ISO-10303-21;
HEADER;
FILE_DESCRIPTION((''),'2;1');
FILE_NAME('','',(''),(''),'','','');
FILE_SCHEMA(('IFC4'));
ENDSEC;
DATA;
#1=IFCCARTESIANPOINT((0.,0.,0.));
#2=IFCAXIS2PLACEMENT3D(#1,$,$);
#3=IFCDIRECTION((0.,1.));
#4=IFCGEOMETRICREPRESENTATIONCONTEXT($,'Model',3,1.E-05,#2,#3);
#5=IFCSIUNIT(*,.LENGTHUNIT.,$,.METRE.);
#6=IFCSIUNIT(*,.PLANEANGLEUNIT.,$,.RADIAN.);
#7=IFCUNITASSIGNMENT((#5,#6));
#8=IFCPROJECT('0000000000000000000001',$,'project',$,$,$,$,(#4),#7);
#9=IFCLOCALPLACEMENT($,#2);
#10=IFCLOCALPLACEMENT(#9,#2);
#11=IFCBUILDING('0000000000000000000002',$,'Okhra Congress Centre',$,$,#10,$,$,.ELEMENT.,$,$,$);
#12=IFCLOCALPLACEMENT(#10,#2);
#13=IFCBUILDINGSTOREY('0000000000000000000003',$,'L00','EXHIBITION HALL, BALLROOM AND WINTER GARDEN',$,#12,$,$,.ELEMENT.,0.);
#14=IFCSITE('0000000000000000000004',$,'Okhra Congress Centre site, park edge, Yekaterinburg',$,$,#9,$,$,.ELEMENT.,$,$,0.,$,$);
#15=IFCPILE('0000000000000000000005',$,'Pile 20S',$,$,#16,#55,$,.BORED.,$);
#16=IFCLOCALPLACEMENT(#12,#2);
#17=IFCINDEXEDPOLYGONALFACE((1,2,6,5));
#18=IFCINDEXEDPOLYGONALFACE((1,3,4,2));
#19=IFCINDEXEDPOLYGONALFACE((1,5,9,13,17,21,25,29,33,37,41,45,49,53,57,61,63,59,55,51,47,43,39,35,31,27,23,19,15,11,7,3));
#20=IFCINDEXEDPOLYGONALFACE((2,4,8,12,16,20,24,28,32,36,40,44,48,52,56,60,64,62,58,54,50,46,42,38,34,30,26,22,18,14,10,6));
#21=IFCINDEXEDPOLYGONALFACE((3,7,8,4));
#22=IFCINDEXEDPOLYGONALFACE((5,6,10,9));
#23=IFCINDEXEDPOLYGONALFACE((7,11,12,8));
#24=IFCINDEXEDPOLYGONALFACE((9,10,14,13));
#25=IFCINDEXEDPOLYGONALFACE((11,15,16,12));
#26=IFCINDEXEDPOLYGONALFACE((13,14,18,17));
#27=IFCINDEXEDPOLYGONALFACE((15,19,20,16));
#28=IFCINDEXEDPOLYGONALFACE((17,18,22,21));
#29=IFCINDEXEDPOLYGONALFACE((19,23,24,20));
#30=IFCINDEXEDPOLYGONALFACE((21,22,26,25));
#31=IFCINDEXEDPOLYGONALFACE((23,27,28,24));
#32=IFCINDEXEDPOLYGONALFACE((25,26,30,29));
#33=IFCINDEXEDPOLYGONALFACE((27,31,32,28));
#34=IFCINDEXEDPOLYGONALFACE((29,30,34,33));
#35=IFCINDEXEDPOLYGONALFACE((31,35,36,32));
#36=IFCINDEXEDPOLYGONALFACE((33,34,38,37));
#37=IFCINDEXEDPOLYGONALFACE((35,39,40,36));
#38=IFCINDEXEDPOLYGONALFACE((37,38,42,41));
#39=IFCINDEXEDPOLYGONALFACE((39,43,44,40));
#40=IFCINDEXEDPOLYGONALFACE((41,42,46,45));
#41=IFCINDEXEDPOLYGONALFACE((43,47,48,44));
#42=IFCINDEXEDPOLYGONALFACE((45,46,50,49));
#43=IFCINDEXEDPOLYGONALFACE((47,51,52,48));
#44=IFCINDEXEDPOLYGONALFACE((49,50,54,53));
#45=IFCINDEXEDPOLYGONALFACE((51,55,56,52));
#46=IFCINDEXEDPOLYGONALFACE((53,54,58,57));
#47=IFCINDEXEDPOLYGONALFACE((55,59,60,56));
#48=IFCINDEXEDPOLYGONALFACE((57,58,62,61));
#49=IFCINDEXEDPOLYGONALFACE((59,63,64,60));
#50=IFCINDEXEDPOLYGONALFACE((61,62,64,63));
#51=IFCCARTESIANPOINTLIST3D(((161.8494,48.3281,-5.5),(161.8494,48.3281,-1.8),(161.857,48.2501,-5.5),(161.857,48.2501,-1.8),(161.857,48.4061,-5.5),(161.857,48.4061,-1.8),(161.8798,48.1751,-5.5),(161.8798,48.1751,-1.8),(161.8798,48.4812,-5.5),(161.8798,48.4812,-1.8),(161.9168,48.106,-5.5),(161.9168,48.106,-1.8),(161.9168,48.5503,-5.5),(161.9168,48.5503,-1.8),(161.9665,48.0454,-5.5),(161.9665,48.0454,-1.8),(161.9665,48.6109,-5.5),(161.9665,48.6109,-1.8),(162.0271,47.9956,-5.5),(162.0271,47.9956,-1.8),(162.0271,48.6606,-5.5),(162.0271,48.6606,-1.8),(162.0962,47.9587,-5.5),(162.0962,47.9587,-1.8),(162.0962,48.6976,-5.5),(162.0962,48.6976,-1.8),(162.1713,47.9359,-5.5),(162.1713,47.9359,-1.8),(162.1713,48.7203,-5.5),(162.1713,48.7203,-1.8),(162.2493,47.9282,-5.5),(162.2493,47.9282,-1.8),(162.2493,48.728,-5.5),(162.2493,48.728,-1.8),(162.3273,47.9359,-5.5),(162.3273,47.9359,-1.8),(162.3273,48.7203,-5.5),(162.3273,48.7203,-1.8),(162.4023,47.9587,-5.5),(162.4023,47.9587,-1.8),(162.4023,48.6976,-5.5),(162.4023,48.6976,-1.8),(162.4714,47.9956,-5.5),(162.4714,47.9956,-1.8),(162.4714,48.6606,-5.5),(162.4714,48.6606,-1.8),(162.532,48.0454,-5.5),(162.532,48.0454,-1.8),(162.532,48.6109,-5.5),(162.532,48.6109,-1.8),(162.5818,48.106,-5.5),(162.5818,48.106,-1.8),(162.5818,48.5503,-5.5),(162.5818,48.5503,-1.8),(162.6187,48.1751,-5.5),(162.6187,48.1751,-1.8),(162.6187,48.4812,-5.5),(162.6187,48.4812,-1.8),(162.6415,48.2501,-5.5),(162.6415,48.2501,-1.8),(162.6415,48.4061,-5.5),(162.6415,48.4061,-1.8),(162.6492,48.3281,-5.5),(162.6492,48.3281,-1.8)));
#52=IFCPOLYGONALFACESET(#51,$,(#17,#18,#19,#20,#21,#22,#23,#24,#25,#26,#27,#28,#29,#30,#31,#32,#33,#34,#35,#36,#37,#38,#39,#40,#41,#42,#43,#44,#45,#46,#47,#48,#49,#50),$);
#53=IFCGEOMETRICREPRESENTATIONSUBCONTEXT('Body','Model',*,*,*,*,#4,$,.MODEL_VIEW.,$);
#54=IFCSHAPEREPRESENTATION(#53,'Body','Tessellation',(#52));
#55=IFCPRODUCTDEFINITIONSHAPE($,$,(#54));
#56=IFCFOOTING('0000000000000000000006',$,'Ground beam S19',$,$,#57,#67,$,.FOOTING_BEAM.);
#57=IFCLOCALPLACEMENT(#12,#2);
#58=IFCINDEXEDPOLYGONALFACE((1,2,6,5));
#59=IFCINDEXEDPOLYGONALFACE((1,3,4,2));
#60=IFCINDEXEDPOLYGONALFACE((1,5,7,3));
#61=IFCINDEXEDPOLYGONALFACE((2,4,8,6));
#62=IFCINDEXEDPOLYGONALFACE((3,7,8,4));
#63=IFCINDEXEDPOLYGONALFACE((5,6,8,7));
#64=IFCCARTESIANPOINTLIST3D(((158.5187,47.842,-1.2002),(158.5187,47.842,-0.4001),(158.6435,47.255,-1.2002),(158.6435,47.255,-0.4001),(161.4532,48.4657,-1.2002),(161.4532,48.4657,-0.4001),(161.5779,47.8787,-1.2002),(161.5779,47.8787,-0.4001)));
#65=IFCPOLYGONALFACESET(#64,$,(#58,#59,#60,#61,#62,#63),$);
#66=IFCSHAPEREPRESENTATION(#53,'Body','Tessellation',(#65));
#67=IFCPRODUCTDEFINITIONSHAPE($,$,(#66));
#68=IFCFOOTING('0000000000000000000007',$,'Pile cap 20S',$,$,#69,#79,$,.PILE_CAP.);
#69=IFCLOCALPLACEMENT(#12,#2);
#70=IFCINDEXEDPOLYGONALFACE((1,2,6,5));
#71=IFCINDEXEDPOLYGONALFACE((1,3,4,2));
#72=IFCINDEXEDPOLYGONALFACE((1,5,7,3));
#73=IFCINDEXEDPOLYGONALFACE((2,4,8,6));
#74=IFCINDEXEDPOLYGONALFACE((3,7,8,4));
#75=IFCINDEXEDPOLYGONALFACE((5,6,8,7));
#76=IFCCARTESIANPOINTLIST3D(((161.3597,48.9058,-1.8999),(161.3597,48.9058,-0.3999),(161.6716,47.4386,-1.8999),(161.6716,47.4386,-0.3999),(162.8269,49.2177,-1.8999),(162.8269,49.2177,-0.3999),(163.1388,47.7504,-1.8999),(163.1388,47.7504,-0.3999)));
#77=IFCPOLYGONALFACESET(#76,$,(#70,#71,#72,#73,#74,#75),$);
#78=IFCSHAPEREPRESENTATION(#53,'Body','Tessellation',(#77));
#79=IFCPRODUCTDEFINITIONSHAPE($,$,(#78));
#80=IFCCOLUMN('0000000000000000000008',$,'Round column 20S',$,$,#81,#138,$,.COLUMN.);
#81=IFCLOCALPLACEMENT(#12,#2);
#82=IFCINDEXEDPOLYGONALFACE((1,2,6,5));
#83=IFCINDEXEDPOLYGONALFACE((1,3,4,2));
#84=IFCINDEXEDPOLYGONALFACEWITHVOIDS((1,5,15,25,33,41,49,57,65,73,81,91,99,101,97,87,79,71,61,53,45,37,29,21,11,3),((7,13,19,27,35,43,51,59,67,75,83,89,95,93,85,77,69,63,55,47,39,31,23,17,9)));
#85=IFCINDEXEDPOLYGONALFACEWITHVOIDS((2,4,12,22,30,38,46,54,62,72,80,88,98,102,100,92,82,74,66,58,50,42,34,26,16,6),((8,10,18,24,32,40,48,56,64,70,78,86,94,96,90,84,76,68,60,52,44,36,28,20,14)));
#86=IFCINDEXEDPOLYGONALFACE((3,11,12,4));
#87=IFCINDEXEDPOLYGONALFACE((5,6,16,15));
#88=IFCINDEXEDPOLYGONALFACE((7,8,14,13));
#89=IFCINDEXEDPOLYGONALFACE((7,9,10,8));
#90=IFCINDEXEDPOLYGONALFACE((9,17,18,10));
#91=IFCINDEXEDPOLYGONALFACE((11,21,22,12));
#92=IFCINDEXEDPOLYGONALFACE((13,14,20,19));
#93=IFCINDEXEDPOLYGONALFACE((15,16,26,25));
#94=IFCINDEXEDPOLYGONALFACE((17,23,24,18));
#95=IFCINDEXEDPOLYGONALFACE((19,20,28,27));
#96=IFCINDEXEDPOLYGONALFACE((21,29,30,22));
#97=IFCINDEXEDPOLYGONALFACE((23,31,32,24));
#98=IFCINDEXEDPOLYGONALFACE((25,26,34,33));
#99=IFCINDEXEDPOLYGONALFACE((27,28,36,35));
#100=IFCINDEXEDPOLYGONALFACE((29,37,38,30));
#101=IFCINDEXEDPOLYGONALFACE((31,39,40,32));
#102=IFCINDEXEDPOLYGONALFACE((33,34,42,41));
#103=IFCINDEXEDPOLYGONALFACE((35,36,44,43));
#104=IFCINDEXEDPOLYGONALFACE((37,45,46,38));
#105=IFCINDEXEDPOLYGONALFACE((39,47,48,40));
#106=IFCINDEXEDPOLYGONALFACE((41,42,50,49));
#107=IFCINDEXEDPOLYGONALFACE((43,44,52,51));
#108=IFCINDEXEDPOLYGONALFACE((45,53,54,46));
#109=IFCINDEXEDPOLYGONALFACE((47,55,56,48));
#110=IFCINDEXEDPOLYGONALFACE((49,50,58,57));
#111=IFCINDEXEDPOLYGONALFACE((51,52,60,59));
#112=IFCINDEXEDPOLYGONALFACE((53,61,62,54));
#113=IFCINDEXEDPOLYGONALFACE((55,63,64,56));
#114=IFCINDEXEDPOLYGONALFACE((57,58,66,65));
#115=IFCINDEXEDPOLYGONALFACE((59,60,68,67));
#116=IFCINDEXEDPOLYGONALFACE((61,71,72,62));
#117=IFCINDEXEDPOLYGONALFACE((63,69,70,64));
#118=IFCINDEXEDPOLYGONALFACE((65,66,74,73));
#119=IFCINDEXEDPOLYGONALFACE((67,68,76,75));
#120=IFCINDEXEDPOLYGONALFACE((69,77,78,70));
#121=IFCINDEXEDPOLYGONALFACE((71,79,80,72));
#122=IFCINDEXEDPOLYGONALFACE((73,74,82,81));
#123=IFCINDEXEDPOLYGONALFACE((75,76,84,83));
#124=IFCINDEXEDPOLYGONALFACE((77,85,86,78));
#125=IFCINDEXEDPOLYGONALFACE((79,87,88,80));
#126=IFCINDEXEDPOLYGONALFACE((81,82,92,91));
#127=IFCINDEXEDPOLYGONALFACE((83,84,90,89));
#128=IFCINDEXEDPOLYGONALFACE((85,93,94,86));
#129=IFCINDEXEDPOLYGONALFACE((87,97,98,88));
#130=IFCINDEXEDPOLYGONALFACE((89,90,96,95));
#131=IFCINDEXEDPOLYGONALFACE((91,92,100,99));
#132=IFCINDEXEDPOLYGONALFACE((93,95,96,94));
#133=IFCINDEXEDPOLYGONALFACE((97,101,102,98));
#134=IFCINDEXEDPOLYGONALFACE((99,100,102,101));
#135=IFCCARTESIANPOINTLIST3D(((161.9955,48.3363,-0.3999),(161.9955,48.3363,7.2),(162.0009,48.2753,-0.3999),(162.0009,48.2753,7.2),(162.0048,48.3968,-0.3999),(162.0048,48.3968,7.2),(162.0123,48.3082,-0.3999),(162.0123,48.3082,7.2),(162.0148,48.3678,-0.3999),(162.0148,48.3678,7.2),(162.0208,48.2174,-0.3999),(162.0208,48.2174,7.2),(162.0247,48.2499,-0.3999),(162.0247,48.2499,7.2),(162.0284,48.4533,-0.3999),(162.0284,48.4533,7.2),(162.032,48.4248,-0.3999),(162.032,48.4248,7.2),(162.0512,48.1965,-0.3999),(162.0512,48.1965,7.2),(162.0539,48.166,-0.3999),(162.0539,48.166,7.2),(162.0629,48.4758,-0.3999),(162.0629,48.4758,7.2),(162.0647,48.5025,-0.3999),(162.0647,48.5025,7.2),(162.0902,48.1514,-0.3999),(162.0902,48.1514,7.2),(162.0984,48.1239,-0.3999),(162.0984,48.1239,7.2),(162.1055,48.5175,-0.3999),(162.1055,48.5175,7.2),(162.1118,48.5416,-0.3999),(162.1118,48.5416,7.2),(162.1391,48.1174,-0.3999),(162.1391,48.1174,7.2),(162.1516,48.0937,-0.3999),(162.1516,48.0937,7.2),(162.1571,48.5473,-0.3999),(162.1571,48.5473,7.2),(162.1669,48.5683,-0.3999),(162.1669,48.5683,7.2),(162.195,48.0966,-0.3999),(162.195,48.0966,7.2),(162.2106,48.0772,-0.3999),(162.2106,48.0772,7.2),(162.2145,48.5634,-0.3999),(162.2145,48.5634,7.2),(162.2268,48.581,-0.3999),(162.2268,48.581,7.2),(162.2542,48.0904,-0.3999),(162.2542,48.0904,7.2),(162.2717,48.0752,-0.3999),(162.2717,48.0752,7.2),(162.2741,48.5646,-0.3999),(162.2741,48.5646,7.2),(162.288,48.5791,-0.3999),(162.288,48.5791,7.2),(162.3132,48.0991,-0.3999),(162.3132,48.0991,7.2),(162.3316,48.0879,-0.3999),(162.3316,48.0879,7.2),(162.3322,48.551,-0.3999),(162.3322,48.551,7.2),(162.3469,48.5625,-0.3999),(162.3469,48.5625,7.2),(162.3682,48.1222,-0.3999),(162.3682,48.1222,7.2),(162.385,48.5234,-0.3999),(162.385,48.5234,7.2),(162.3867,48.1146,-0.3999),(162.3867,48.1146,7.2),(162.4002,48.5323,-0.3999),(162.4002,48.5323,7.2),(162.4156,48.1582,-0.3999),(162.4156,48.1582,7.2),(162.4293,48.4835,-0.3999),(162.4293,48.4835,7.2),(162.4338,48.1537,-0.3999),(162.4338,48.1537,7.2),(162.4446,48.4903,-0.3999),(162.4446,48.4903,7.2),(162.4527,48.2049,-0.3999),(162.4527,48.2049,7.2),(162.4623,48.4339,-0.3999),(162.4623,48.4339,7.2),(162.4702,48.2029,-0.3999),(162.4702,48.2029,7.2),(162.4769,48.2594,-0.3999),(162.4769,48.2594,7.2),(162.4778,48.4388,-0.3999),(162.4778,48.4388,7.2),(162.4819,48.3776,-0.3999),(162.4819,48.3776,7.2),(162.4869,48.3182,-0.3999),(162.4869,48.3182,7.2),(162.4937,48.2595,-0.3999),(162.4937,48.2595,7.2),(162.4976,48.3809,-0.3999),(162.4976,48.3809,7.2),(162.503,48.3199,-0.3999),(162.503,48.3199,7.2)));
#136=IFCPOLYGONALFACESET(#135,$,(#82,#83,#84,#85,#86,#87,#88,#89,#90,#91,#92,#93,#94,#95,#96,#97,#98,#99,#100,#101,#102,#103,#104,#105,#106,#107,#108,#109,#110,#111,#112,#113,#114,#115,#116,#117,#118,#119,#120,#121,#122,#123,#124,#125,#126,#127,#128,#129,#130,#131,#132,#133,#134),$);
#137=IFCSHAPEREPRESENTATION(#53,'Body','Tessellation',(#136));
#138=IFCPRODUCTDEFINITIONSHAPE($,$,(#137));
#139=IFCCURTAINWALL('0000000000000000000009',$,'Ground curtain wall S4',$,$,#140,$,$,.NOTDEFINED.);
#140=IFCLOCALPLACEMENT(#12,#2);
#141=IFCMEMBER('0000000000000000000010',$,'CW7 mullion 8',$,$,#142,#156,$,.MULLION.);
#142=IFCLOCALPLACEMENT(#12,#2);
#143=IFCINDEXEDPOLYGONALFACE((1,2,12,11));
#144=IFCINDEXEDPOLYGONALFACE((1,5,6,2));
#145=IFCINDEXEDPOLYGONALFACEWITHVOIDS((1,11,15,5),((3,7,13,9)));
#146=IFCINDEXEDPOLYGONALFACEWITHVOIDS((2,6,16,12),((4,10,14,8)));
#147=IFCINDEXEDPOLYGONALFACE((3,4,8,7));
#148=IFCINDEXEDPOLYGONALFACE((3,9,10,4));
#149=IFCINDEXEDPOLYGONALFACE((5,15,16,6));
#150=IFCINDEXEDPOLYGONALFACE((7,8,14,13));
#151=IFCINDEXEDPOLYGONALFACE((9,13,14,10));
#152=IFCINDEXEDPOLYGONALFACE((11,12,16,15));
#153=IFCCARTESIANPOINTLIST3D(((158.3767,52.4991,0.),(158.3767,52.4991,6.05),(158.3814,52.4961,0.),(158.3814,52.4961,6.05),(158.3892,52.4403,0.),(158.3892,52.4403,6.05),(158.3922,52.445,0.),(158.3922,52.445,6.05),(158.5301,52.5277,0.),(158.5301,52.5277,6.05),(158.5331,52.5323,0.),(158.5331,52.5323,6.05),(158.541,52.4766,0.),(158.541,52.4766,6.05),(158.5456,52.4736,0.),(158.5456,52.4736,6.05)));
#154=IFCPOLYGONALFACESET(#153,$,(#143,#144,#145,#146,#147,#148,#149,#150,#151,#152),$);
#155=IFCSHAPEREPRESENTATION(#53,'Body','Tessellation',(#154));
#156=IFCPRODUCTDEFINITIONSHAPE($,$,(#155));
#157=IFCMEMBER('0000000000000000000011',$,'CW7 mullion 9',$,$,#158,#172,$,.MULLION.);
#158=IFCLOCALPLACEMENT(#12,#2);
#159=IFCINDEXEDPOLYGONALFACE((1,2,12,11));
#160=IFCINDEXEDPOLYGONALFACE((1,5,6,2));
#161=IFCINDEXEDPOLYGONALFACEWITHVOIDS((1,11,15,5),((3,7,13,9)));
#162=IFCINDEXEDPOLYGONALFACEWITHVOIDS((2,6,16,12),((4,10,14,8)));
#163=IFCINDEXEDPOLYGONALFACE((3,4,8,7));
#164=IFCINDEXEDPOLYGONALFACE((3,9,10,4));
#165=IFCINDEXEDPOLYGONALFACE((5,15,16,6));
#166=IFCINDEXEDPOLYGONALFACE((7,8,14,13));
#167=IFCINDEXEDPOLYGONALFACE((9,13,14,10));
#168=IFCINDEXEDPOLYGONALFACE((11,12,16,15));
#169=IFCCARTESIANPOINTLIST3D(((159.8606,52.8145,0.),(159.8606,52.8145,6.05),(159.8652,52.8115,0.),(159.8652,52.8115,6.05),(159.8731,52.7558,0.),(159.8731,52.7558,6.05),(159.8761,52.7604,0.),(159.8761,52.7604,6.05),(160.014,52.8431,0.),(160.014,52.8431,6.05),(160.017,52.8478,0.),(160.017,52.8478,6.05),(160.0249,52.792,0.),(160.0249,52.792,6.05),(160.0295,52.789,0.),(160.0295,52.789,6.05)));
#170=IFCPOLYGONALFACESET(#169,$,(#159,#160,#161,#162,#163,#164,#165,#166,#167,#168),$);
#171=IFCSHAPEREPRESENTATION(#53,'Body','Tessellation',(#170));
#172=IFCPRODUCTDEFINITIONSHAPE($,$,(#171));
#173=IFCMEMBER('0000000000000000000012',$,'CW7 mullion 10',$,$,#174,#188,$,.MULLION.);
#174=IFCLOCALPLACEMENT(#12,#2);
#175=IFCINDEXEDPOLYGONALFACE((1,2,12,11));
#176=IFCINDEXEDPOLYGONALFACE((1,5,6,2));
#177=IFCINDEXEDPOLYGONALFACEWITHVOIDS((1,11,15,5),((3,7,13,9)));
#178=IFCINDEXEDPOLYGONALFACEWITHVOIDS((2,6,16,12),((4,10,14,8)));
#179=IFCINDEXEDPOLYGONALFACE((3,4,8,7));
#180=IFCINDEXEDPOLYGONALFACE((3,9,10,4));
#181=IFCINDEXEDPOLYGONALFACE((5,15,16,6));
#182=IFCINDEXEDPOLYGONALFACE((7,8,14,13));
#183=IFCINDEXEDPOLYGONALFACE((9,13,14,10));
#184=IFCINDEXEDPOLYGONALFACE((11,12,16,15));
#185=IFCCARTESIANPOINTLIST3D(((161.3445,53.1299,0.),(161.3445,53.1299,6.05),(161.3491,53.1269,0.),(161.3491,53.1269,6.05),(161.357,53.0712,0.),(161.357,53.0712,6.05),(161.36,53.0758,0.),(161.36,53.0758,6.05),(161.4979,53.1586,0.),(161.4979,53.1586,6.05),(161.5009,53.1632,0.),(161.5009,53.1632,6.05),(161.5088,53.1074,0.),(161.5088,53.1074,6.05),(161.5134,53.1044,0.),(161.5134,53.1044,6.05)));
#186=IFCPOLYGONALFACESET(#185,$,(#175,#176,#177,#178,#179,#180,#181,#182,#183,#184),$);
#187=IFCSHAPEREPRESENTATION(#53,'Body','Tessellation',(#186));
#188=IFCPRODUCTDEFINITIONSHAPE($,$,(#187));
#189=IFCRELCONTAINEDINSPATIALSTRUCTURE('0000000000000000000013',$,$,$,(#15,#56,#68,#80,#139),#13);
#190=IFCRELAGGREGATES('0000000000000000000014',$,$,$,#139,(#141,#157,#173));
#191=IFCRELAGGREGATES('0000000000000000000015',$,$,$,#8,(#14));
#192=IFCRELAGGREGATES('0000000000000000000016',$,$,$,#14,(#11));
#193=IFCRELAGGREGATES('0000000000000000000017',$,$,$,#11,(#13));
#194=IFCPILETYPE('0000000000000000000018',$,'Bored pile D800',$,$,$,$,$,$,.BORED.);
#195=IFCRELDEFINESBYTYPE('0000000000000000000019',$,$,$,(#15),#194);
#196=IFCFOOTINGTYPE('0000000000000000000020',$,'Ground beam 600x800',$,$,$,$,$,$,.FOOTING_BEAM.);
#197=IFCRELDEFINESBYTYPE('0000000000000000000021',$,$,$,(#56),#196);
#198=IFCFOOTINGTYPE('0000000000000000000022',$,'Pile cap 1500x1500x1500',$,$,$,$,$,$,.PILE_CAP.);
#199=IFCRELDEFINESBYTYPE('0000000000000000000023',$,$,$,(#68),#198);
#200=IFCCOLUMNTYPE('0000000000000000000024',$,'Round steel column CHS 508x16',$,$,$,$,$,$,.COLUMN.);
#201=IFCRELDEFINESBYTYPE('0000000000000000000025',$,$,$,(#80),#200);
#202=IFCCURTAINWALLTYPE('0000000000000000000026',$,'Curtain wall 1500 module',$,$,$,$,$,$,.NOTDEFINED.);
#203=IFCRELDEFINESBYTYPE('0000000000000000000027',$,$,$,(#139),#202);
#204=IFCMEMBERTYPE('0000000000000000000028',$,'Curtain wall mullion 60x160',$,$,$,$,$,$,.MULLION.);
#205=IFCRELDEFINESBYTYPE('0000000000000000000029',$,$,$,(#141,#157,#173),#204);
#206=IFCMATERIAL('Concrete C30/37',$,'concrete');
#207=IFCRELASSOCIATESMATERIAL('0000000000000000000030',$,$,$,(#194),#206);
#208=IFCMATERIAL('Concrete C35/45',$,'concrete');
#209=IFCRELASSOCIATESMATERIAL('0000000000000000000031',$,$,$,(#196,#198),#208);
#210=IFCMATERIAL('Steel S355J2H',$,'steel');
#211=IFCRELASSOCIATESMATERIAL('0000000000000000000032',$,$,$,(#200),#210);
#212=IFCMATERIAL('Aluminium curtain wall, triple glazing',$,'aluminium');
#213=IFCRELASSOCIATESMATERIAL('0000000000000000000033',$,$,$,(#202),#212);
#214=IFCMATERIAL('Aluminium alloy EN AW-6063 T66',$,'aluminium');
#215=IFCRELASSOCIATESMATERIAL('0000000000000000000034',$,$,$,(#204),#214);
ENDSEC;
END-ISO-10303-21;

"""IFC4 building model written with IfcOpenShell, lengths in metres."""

from ifc_helpers import new_model, si_unit, direction, frame, origin, origin_2d, place, context, subcontext, project, spatial, rectangle, hollow_rectangle, circle, hollow_circle, extrude, material, material_profile, profile_set, type_object, element, aggregate, save


model = new_model("IFC4")

# Units and contexts
model_context = context("Model", 3, precision=1e-05, world=origin(), true_north=direction((0.0, 1.0)))
body_context = subcontext(model_context, "Body", "Model", "MODEL_VIEW")
ifc_project = project(units=[si_unit("LENGTHUNIT", "METRE"), si_unit("PLANEANGLEUNIT", "RADIAN")], contexts=[model_context])

# Site, building, storey
site_placement = place(None, origin())
site = spatial("IfcSite", under=ifc_project, at=site_placement, Name="Okhra Congress Centre site, park edge, Yekaterinburg", CompositionType="ELEMENT", RefElevation=0.0)
building_placement = place(site_placement, origin())
building = spatial("IfcBuilding", under=site, at=building_placement, Name="Okhra Congress Centre", CompositionType="ELEMENT")
storey_placement = place(building_placement, origin())
storey = spatial("IfcBuildingStorey", under=building, at=storey_placement, Name="L00", Description="EXHIBITION HALL, BALLROOM AND WINTER GARDEN", CompositionType="ELEMENT", Elevation=0.0)

# Pile
ifc_material_1 = material(Name="Concrete C30/37", Category="concrete")
ifc_material_profile_1 = material_profile(ifc_material_1, circle(Radius=0.3999, at=origin_2d()), Name="D800")
ifc_profile_set_1 = profile_set([ifc_material_profile_1], Name="Concrete C30/37")
pile_type = type_object("IfcPileType", Name="Bored pile D800", PredefinedType="BORED", material=ifc_profile_set_1)
pile_placement = place(storey_placement, frame((162.2493, 48.3281, -1.8), z_axis=(0.0, 0.0, -1.0), x_axis=(1.0, 0.0, 0.0)))
element("IfcPile", 1, at=pile_placement, inside=storey, type_object=pile_type, Name="Pile 20S", PredefinedType="BORED", context=body_context, shape_type="SweptSolid", body=[
    extrude(circle(Radius=0.3999, at=origin_2d()), origin(), (0.0, 0.0, 1.0), 3.7),
])

# Footings
ifc_material_2 = material(Name="Concrete C35/45", Category="concrete")
footing_type_1 = type_object("IfcFootingType", Name="Ground beam 600x800", PredefinedType="FOOTING_BEAM", material=ifc_material_2)
footing_1_placement = place(storey_placement, frame((160.0483, 47.8604, -1.2002), z_axis=(0.0, 0.0, 1.0), x_axis=(0.978148, 0.207912, 0.0)))
element("IfcFooting", 2, at=footing_1_placement, inside=storey, type_object=footing_type_1, Name="Ground beam S19", PredefinedType="FOOTING_BEAM", context=body_context, shape_type="SweptSolid", body=[
    extrude(rectangle(XDim=3.0, YDim=0.6001, at=origin_2d()), origin(), (0.0, 0.0, 1.0), 0.8),
])
footing_type_2 = type_object("IfcFootingType", Name="Pile cap 1500x1500x1500", PredefinedType="PILE_CAP", material=ifc_material_2)
footing_2_placement = place(storey_placement, frame((162.2493, 48.3281, -1.8999), z_axis=(0.0, 0.0, 1.0), x_axis=(0.978148, 0.207912, 0.0)))
element("IfcFooting", 3, at=footing_2_placement, inside=storey, type_object=footing_type_2, Name="Pile cap 20S", PredefinedType="PILE_CAP", context=body_context, shape_type="SweptSolid", body=[
    extrude(rectangle(XDim=1.5, YDim=1.5, at=origin_2d()), origin(), (0.0, 0.0, 1.0), 1.5),
])

# Column
ifc_material_3 = material(Name="Steel S355J2H", Category="steel")
ifc_material_profile_2 = material_profile(ifc_material_3, hollow_circle(Radius=0.2539, WallThickness=0.0161, at=origin_2d()), Name="CHS 508x16")
ifc_profile_set_2 = profile_set([ifc_material_profile_2], Name="Steel S355J2H")
column_type = type_object("IfcColumnType", Name="Round steel column CHS 508x16", PredefinedType="COLUMN", material=ifc_profile_set_2)
column_placement = place(storey_placement, frame((162.2493, 48.3281, -0.3999), z_axis=(0.0, 0.0, 1.0), x_axis=(0.978148, 0.207912, 0.0)))
element("IfcColumn", 4, at=column_placement, inside=storey, type_object=column_type, Name="Round column 20S", PredefinedType="COLUMN", context=body_context, shape_type="SweptSolid", body=[
    extrude(hollow_circle(Radius=0.2539, WallThickness=0.0161, at=origin_2d()), origin(), (0.0, 0.0, 1.0), 7.5999),
])

# Curtain wall, members
ifc_material_4 = material(Name="Aluminium curtain wall, triple glazing", Category="aluminium")
curtain_wall_type_1 = type_object("IfcCurtainWallType", Name="Curtain wall 1500 module", PredefinedType="NOTDEFINED", material=ifc_material_4)
curtain_wall_1_placement = place(storey_placement, origin())
curtain_wall_1 = element("IfcCurtainWall", 5, at=curtain_wall_1_placement, inside=storey, type_object=curtain_wall_type_1, Name="Ground curtain wall S4", PredefinedType="NOTDEFINED")
ifc_material_5 = material(Name="Aluminium alloy EN AW-6063 T66", Category="aluminium")
ifc_material_profile_3 = material_profile(ifc_material_5, hollow_rectangle(XDim=0.0601, YDim=0.1599, WallThickness=0.0039, at=origin_2d()), Name="RHS 60x160x4")
ifc_profile_set_3 = profile_set([ifc_material_profile_3], Name="Aluminium alloy EN AW-6063 T66")
member_type_1 = type_object("IfcMemberType", Name="Curtain wall mullion 60x160", PredefinedType="MULLION", material=ifc_profile_set_3)
member_1_placement = place(storey_placement, frame((158.4612, 52.4863, 0.0), z_axis=(0.0, 0.0, 1.0), x_axis=(-0.207912, 0.978148, 0.0)))
member_1 = element("IfcMember", 6, at=member_1_placement, type_object=member_type_1, Name="CW7 mullion 8", PredefinedType="MULLION", context=body_context, shape_type="SweptSolid", body=[
    extrude(hollow_rectangle(XDim=0.0601, YDim=0.1599, WallThickness=0.0039, at=origin_2d()), origin(), (0.0, 0.0, 1.0), 6.05),
])
member_2_placement = place(storey_placement, frame((159.9451, 52.8018, 0.0), z_axis=(0.0, 0.0, 1.0), x_axis=(-0.207912, 0.978148, 0.0)))
member_2 = element("IfcMember", 7, at=member_2_placement, type_object=member_type_1, Name="CW7 mullion 9", PredefinedType="MULLION", context=body_context, shape_type="SweptSolid", body=[
    extrude(hollow_rectangle(XDim=0.0601, YDim=0.1599, WallThickness=0.0039, at=origin_2d()), origin(), (0.0, 0.0, 1.0), 6.05),
])
member_3_placement = place(storey_placement, frame((161.429, 53.1172, 0.0), z_axis=(0.0, 0.0, 1.0), x_axis=(-0.207912, 0.978148, 0.0)))
member_3 = element("IfcMember", 8, at=member_3_placement, type_object=member_type_1, Name="CW7 mullion 10", PredefinedType="MULLION", context=body_context, shape_type="SweptSolid", body=[
    extrude(hollow_rectangle(XDim=0.0601, YDim=0.1599, WallThickness=0.0039, at=origin_2d()), origin(), (0.0, 0.0, 1.0), 6.05),
])

aggregate(curtain_wall_1, [member_1, member_2, member_3])

save(model, "model.ifc")
